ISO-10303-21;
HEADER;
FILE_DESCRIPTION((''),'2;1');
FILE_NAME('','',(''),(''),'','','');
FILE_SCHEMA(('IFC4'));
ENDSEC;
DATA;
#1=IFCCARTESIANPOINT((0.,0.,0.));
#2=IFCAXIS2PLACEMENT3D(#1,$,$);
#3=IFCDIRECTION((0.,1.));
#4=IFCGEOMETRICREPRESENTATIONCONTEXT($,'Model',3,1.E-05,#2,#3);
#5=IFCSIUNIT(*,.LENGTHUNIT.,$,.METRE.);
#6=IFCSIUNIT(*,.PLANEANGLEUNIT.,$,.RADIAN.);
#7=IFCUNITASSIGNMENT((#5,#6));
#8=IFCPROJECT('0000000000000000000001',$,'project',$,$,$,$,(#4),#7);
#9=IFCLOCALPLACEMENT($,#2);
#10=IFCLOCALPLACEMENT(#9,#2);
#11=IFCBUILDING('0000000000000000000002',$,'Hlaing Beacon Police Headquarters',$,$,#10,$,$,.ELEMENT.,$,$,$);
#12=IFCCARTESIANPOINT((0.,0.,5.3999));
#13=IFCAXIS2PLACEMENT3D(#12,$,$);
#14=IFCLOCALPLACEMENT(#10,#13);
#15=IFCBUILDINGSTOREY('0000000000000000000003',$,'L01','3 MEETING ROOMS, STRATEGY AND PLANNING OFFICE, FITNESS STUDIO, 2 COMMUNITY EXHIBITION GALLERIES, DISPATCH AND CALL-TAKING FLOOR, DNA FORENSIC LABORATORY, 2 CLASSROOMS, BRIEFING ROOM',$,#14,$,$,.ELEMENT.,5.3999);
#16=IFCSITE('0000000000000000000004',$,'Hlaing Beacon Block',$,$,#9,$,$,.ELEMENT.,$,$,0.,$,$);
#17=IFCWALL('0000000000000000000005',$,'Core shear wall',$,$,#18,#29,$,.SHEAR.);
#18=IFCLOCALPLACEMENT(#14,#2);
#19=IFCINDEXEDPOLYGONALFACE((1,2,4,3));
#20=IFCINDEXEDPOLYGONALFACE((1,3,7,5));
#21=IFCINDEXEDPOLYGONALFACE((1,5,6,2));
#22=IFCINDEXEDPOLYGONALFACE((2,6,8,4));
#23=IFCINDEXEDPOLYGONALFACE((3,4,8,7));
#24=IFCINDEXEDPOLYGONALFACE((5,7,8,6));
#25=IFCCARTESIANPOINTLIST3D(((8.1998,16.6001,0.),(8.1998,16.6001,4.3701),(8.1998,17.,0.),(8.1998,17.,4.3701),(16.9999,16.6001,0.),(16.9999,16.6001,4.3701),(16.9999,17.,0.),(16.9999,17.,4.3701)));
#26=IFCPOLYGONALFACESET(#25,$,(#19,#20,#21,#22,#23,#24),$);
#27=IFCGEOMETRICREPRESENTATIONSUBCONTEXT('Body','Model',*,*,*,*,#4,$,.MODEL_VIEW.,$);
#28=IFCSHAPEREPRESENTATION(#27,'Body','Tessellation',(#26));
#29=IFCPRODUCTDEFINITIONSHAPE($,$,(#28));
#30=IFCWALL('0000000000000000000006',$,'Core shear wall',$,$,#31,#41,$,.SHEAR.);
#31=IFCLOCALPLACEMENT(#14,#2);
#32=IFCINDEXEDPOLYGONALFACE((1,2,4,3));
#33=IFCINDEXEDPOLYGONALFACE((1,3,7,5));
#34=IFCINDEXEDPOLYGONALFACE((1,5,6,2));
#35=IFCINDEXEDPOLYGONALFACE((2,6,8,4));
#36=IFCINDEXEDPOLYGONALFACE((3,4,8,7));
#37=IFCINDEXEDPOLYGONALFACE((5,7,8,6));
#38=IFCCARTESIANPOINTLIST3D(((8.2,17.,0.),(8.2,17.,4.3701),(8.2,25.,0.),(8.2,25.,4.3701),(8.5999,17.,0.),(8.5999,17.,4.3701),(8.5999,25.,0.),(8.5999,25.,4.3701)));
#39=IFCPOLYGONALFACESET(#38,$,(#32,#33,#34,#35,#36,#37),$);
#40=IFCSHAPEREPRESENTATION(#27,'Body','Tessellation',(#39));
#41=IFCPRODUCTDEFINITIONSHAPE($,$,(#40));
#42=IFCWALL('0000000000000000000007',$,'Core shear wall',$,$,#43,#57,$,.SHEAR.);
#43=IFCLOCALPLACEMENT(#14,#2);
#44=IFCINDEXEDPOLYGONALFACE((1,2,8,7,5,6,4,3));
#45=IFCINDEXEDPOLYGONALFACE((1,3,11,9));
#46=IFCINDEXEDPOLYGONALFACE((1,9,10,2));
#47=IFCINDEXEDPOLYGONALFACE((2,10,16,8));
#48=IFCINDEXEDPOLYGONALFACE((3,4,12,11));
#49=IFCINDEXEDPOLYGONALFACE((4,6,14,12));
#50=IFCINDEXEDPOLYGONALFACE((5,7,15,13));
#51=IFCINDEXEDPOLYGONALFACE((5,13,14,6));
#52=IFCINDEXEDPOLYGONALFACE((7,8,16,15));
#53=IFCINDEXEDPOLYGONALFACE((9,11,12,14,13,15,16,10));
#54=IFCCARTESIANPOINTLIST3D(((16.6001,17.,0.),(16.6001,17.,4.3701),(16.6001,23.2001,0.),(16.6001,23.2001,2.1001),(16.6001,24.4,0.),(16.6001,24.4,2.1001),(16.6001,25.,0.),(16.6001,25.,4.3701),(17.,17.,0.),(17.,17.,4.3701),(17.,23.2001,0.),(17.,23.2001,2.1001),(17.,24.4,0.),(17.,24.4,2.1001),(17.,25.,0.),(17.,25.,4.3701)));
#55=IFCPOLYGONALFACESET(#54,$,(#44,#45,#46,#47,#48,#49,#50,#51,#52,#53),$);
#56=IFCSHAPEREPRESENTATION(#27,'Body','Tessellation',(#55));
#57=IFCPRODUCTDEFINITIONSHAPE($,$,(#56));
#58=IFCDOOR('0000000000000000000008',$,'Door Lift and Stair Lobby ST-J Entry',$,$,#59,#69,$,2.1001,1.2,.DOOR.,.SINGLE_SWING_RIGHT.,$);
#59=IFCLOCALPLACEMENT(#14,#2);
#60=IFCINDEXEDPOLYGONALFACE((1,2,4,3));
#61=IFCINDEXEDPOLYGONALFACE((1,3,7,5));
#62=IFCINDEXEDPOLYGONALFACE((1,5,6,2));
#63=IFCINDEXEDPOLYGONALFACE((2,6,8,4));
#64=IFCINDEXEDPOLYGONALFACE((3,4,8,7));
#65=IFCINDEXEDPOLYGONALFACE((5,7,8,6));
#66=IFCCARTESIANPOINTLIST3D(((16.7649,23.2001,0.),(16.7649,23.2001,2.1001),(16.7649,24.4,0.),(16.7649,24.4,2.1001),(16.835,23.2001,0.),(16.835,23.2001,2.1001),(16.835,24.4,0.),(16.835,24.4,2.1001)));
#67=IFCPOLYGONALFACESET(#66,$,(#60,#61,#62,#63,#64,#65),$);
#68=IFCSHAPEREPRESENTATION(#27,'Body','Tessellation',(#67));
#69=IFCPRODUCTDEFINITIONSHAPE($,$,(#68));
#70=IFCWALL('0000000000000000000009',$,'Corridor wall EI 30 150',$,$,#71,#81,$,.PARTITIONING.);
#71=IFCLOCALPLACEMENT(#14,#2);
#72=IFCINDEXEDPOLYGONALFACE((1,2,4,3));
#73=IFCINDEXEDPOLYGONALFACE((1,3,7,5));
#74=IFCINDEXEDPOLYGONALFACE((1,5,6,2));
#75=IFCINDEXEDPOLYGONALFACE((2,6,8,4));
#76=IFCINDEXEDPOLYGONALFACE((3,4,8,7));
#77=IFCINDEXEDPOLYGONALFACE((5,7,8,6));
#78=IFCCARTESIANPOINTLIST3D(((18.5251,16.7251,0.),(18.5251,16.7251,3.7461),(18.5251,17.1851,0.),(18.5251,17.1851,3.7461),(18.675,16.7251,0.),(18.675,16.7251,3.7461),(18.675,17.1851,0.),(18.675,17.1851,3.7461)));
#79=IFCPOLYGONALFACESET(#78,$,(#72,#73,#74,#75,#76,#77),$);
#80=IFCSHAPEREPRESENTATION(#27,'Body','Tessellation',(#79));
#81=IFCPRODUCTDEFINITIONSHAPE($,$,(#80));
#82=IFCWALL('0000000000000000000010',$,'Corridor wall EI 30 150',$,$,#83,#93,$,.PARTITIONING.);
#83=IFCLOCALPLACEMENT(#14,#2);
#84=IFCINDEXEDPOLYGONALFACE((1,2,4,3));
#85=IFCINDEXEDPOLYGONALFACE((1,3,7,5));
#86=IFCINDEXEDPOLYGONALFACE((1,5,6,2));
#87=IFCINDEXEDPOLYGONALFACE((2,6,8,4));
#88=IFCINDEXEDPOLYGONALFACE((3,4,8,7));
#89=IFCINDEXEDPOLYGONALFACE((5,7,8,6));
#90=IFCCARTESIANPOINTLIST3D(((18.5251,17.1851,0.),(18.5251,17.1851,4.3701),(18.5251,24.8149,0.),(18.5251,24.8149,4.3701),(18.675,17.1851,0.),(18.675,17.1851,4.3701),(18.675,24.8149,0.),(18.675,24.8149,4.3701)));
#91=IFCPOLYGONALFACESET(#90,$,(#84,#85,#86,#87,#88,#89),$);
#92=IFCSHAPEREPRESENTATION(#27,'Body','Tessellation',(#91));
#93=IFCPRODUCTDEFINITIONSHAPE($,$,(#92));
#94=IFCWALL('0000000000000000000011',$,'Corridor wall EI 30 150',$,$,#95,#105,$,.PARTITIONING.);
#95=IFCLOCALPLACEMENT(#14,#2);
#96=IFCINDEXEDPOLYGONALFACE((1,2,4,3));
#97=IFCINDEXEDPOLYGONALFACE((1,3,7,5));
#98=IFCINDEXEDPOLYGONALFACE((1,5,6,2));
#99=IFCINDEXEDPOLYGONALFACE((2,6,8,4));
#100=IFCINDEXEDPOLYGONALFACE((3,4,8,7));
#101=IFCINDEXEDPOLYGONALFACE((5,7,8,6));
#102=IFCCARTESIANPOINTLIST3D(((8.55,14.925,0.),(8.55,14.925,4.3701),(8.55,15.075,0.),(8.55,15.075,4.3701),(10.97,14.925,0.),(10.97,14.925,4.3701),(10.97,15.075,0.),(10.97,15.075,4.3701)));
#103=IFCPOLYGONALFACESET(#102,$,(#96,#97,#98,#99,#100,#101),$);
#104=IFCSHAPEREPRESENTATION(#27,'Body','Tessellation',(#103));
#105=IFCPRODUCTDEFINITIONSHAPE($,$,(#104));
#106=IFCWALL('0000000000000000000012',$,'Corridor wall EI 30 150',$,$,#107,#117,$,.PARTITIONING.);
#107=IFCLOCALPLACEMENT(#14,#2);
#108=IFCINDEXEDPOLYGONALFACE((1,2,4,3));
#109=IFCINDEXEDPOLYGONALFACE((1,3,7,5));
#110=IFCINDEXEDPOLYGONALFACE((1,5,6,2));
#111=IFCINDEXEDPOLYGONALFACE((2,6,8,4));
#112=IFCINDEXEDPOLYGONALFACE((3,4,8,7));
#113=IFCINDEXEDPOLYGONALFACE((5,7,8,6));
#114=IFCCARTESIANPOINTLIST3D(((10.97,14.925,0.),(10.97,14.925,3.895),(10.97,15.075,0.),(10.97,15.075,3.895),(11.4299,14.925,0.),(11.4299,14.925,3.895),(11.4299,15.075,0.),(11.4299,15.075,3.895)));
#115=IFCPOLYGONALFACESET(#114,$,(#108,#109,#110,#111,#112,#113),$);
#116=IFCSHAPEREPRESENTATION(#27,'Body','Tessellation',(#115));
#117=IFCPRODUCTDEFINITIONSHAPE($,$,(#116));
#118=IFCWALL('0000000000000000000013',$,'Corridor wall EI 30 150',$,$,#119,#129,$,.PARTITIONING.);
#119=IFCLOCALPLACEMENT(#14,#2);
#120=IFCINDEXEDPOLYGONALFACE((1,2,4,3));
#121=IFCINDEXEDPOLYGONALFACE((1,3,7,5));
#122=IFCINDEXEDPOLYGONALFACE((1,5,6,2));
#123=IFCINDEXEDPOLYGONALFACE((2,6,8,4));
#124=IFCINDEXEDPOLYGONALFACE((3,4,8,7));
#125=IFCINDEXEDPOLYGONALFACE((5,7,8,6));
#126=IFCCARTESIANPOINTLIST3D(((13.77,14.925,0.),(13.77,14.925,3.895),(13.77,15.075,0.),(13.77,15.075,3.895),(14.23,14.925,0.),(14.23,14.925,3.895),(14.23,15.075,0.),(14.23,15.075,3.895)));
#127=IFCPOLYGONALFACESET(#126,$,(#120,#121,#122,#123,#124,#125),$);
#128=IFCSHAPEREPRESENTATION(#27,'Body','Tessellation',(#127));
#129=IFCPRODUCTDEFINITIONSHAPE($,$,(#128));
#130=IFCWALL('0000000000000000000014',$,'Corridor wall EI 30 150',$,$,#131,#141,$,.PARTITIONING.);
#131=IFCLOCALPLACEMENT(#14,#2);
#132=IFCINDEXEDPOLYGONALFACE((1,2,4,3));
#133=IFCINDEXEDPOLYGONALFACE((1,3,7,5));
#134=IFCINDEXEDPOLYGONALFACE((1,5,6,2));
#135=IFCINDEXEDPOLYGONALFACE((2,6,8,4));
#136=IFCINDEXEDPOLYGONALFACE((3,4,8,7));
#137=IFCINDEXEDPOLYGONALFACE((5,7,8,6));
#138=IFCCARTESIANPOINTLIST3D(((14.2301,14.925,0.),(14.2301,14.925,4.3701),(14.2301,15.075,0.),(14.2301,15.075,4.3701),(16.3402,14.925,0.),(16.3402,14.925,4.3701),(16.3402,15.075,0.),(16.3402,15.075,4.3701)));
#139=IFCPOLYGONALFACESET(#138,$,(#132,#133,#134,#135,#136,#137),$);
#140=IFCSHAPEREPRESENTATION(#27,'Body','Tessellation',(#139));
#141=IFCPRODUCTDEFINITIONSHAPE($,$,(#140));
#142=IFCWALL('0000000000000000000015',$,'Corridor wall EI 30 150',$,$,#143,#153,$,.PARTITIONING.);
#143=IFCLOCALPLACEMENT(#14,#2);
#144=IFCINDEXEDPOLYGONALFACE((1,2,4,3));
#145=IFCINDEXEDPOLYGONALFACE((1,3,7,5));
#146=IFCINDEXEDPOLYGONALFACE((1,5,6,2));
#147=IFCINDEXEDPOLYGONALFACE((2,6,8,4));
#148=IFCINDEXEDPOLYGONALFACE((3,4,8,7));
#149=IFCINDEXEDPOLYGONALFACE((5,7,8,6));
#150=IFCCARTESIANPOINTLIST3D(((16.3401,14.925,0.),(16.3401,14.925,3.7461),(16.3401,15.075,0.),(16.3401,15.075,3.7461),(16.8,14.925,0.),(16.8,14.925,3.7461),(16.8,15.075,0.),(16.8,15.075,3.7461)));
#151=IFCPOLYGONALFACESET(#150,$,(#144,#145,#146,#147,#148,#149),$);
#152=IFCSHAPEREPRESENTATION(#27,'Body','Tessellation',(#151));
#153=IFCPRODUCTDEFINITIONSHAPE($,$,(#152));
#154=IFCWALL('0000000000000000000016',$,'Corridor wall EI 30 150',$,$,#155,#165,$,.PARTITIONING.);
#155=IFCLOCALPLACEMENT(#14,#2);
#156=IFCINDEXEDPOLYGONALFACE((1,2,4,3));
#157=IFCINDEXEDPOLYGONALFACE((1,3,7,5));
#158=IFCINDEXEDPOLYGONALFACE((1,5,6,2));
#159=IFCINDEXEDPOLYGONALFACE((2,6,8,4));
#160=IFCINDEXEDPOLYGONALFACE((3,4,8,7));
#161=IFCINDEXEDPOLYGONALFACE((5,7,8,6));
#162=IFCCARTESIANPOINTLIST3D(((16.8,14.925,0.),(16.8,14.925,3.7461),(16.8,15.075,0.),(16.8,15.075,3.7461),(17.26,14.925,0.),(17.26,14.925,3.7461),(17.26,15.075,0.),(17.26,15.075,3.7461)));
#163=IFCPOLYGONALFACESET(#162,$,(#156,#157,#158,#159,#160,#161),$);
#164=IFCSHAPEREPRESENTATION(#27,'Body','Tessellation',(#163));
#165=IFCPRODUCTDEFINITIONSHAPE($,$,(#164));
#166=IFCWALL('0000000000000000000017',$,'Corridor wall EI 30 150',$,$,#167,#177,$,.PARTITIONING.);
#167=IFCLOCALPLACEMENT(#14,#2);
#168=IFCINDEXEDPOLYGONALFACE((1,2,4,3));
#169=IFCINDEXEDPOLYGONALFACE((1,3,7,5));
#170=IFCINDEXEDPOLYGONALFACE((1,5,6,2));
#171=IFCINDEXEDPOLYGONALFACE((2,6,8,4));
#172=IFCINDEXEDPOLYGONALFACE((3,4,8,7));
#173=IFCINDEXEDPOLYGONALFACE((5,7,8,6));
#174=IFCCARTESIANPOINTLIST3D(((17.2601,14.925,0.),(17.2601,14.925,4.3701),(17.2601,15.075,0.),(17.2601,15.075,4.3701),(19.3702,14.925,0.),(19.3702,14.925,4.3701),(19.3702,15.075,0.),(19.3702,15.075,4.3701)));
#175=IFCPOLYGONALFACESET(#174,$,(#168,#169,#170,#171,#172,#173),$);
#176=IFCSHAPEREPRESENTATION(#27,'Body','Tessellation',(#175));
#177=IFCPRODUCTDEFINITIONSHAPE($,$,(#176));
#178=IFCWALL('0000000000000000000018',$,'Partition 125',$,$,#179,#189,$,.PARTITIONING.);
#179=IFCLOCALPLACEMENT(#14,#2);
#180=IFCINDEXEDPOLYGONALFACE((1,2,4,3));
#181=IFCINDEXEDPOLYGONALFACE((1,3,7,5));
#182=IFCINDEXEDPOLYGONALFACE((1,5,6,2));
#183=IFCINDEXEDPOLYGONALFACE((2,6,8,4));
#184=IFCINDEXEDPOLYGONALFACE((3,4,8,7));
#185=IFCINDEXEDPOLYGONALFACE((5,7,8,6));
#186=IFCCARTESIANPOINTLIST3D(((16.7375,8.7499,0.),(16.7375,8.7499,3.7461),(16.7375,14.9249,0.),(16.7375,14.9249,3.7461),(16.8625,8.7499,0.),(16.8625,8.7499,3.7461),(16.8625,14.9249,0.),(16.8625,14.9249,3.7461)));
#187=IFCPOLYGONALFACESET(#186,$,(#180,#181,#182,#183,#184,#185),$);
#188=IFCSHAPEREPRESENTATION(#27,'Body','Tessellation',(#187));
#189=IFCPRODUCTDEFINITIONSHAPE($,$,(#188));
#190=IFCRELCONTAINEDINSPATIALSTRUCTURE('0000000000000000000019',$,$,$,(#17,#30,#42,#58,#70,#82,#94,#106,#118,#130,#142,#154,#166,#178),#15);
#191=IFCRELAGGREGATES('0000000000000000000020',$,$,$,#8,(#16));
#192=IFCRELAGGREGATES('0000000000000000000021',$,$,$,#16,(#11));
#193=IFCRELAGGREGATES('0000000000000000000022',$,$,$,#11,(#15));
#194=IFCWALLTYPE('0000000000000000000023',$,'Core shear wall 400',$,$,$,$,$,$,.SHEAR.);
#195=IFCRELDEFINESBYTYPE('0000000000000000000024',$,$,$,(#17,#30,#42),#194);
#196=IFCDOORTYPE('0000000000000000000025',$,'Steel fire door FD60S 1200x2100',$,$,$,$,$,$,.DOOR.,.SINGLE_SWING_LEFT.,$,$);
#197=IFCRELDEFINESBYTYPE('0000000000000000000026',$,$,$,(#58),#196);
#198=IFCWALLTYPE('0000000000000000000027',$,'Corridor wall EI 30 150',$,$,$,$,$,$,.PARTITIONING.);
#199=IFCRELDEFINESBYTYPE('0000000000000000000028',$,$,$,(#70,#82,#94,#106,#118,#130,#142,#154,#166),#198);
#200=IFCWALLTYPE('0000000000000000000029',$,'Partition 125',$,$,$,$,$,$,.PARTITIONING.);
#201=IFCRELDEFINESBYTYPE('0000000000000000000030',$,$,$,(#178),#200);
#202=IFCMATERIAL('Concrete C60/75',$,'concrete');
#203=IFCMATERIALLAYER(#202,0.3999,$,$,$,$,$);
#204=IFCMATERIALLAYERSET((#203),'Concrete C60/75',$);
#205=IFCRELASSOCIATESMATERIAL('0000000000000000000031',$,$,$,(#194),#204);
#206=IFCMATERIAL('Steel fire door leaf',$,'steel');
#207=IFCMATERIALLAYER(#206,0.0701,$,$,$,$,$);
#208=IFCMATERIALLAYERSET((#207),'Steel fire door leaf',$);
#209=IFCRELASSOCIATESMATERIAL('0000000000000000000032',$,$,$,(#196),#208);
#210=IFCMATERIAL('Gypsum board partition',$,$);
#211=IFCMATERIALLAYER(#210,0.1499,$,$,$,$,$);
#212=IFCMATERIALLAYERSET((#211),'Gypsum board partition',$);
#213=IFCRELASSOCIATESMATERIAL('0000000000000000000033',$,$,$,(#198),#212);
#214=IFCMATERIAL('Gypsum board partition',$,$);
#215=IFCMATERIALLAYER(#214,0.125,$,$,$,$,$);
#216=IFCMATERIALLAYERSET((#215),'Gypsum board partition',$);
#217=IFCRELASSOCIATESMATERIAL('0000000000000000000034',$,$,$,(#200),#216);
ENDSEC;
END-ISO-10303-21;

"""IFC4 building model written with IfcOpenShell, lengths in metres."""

from ifc_helpers import new_model, si_unit, direction, frame, frame_2d, origin, place, context, subcontext, project, spatial, rectangle, extrude, material, layer, layer_set, type_object, element, fill, save


model = new_model("IFC4")

# Units and contexts
model_context = context("Model", 3, precision=1e-05, world=origin(), true_north=direction((0.0, 1.0)))
body_context = subcontext(model_context, "Body", "Model", "MODEL_VIEW")
ifc_project = project(units=[si_unit("LENGTHUNIT", "METRE"), si_unit("PLANEANGLEUNIT", "RADIAN")], contexts=[model_context])

# Site, building, storey
site_placement = place(None, origin())
site = spatial("IfcSite", under=ifc_project, at=site_placement, Name="Hlaing Beacon Block", CompositionType="ELEMENT", RefElevation=0.0)
building_placement = place(site_placement, origin())
building = spatial("IfcBuilding", under=site, at=building_placement, Name="Hlaing Beacon Police Headquarters", CompositionType="ELEMENT")
storey_placement = place(building_placement, frame((0.0, 0.0, 5.3999)))
storey = spatial("IfcBuildingStorey", under=building, at=storey_placement, Name="L01", Description="3 MEETING ROOMS, STRATEGY AND PLANNING OFFICE, FITNESS STUDIO, 2 COMMUNITY EXHIBITION GALLERIES, DISPATCH AND CALL-TAKING FLOOR, DNA FORENSIC LABORATORY, 2 CLASSROOMS, BRIEFING ROOM", CompositionType="ELEMENT", Elevation=5.3999)

# Walls
ifc_material_1 = material(Name="Concrete C60/75", Category="concrete")
ifc_layer_1 = layer(ifc_material_1, 0.3999)
ifc_layer_set_1 = layer_set([ifc_layer_1], Name="Concrete C60/75")
wall_type_1 = type_object("IfcWallType", Name="Core shear wall 400", PredefinedType="SHEAR", material=ifc_layer_set_1)
wall_1_placement = place(storey_placement, frame((8.2, 16.8, 0.0), z_axis=(0.0, 0.0, 1.0), x_axis=(1.0, 0.0, 0.0)))
element("IfcWall", 1, at=wall_1_placement, inside=storey, type_object=wall_type_1, Name="Core shear wall", PredefinedType="SHEAR", context=body_context, shape_type="SweptSolid", body=[
    extrude(rectangle(XDim=8.8, YDim=0.3999, at=frame_2d((4.3999, 0.0))), origin(), (0.0, 0.0, 1.0), 4.3701),
])
wall_2_placement = place(storey_placement, frame((8.3999, 17.0, 0.0), z_axis=(0.0, 0.0, 1.0), x_axis=(0.0, 1.0, 0.0)))
element("IfcWall", 2, at=wall_2_placement, inside=storey, type_object=wall_type_1, Name="Core shear wall", PredefinedType="SHEAR", context=body_context, shape_type="SweptSolid", body=[
    extrude(rectangle(XDim=8.0, YDim=0.3999, at=frame_2d((4.0, 0.0))), origin(), (0.0, 0.0, 1.0), 4.3701),
])

# Wall, opening, door
wall_3_placement = place(storey_placement, frame((16.8, 17.0, 0.0), z_axis=(0.0, 0.0, 1.0), x_axis=(0.0, 1.0, 0.0)))
wall_3 = element("IfcWall", 3, at=wall_3_placement, inside=storey, type_object=wall_type_1, Name="Core shear wall", PredefinedType="SHEAR", context=body_context, shape_type="SweptSolid", body=[
    extrude(rectangle(XDim=8.0, YDim=0.3999, at=frame_2d((4.0, 0.0))), origin(), (0.0, 0.0, 1.0), 4.3701),
])
opening_1_placement = place(wall_3_placement, frame((6.2, 0.0, 0.0)))
opening_1 = element("IfcOpeningElement", 4, at=opening_1_placement, cuts=wall_3, PredefinedType="OPENING", context=body_context, shape_type="SweptSolid", body=[
    extrude(rectangle(XDim=1.2, YDim=2.1001, at=frame_2d((0.6001, 1.05))), frame((0.0, 0.21, 0.0), z_axis=(0.0, -1.0, 0.0), x_axis=(1.0, 0.0, 0.0)), (0.0, 0.0, 1.0), 0.4199),
])
ifc_material_2 = material(Name="Steel fire door leaf", Category="steel")
ifc_layer_2 = layer(ifc_material_2, 0.0701)
ifc_layer_set_2 = layer_set([ifc_layer_2], Name="Steel fire door leaf")
door_type_1 = type_object("IfcDoorType", Name="Steel fire door FD60S 1200x2100", OperationType="SINGLE_SWING_LEFT", PredefinedType="DOOR", material=ifc_layer_set_2)
door_1_placement = place(opening_1_placement, origin())
door_1 = element("IfcDoor", 5, at=door_1_placement, inside=storey, type_object=door_type_1, Name="Door Lift and Stair Lobby ST-J Entry", OperationType="SINGLE_SWING_RIGHT", OverallHeight=2.1001, OverallWidth=1.2, PredefinedType="DOOR", context=body_context, shape_type="SweptSolid", body=[
    extrude(rectangle(XDim=1.2, YDim=2.1001, at=frame_2d((0.6001, 1.05))), frame((0.0, 0.0352, 0.0), z_axis=(0.0, -1.0, 0.0), x_axis=(1.0, 0.0, 0.0)), (0.0, 0.0, 1.0), 0.0701),
])
fill(opening_1, door_1)

# Walls
ifc_material_3 = material(Name="Gypsum board partition")
ifc_layer_3 = layer(ifc_material_3, 0.1499)
ifc_layer_set_3 = layer_set([ifc_layer_3], Name="Gypsum board partition")
wall_type_2 = type_object("IfcWallType", Name="Corridor wall EI 30 150", PredefinedType="PARTITIONING", material=ifc_layer_set_3)
wall_4_placement = place(storey_placement, frame((18.6001, 16.7251, 0.0), z_axis=(0.0, 0.0, 1.0), x_axis=(0.0, 1.0, 0.0)))
element("IfcWall", 6, at=wall_4_placement, inside=storey, type_object=wall_type_2, Name="Corridor wall EI 30 150", PredefinedType="PARTITIONING", context=body_context, shape_type="SweptSolid", body=[
    extrude(rectangle(XDim=0.46, YDim=0.1499, at=frame_2d((0.23, 0.0))), origin(), (0.0, 0.0, 1.0), 3.7461),
])
wall_5_placement = place(storey_placement, frame((18.6001, 17.1851, 0.0), z_axis=(0.0, 0.0, 1.0), x_axis=(0.0, 1.0, 0.0)))
element("IfcWall", 7, at=wall_5_placement, inside=storey, type_object=wall_type_2, Name="Corridor wall EI 30 150", PredefinedType="PARTITIONING", context=body_context, shape_type="SweptSolid", body=[
    extrude(rectangle(XDim=7.6299, YDim=0.1499, at=frame_2d((3.8149, 0.0))), origin(), (0.0, 0.0, 1.0), 4.3701),
])

# Walls
wall_6_placement = place(storey_placement, frame((8.55, 15.0, 0.0), z_axis=(0.0, 0.0, 1.0), x_axis=(1.0, 0.0, 0.0)))
element("IfcWall", 8, at=wall_6_placement, inside=storey, type_object=wall_type_2, Name="Corridor wall EI 30 150", PredefinedType="PARTITIONING", context=body_context, shape_type="SweptSolid", body=[
    extrude(rectangle(XDim=2.4199, YDim=0.1499, at=frame_2d((1.21, 0.0))), origin(), (0.0, 0.0, 1.0), 4.3701),
])
wall_7_placement = place(storey_placement, frame((10.97, 15.0, 0.0), z_axis=(0.0, 0.0, 1.0), x_axis=(1.0, 0.0, 0.0)))
element("IfcWall", 9, at=wall_7_placement, inside=storey, type_object=wall_type_2, Name="Corridor wall EI 30 150", PredefinedType="PARTITIONING", context=body_context, shape_type="SweptSolid", body=[
    extrude(rectangle(XDim=0.46, YDim=0.1499, at=frame_2d((0.23, 0.0))), origin(), (0.0, 0.0, 1.0), 3.895),
])

# Walls
wall_8_placement = place(storey_placement, frame((13.77, 15.0, 0.0), z_axis=(0.0, 0.0, 1.0), x_axis=(1.0, 0.0, 0.0)))
element("IfcWall", 10, at=wall_8_placement, inside=storey, type_object=wall_type_2, Name="Corridor wall EI 30 150", PredefinedType="PARTITIONING", context=body_context, shape_type="SweptSolid", body=[
    extrude(rectangle(XDim=0.46, YDim=0.1499, at=frame_2d((0.23, 0.0))), origin(), (0.0, 0.0, 1.0), 3.895),
])
wall_9_placement = place(storey_placement, frame((14.23, 15.0, 0.0), z_axis=(0.0, 0.0, 1.0), x_axis=(1.0, 0.0, 0.0)))
element("IfcWall", 11, at=wall_9_placement, inside=storey, type_object=wall_type_2, Name="Corridor wall EI 30 150", PredefinedType="PARTITIONING", context=body_context, shape_type="SweptSolid", body=[
    extrude(rectangle(XDim=2.1101, YDim=0.1499, at=frame_2d((1.0552, 0.0))), origin(), (0.0, 0.0, 1.0), 4.3701),
])
for number, where, z_axis, x_axis, name in (
    (12, (16.3401, 15.0, 0.0), (0.0, 0.0, 1.0), (1.0, 0.0, 0.0), "Corridor wall EI 30 150"),
    (13, (16.8, 15.0, 0.0), (0.0, 0.0, 1.0), (1.0, 0.0, 0.0), "Corridor wall EI 30 150"),
):
    element("IfcWall", number, at=place(storey_placement, frame(where, z_axis=z_axis, x_axis=x_axis)), inside=storey, type_object=wall_type_2, Name=name, PredefinedType="PARTITIONING", context=body_context, shape_type="SweptSolid", body=[
        extrude(rectangle(XDim=0.46, YDim=0.1499, at=frame_2d((0.23, 0.0))), origin(), (0.0, 0.0, 1.0), 3.7461),
    ])
wall_10_placement = place(storey_placement, frame((17.26, 15.0, 0.0), z_axis=(0.0, 0.0, 1.0), x_axis=(1.0, 0.0, 0.0)))
element("IfcWall", 14, at=wall_10_placement, inside=storey, type_object=wall_type_2, Name="Corridor wall EI 30 150", PredefinedType="PARTITIONING", context=body_context, shape_type="SweptSolid", body=[
    extrude(rectangle(XDim=2.1101, YDim=0.1499, at=frame_2d((1.0552, 0.0))), origin(), (0.0, 0.0, 1.0), 4.3701),
])
ifc_material_4 = material(Name="Gypsum board partition")
ifc_layer_4 = layer(ifc_material_4, 0.125)
ifc_layer_set_4 = layer_set([ifc_layer_4], Name="Gypsum board partition")
wall_type_3 = type_object("IfcWallType", Name="Partition 125", PredefinedType="PARTITIONING", material=ifc_layer_set_4)
wall_11_placement = place(storey_placement, frame((16.8, 8.75, 0.0), z_axis=(0.0, 0.0, 1.0), x_axis=(0.0, 1.0, 0.0)))
element("IfcWall", 15, at=wall_11_placement, inside=storey, type_object=wall_type_3, Name="Partition 125", PredefinedType="PARTITIONING", context=body_context, shape_type="SweptSolid", body=[
    extrude(rectangle(XDim=6.175, YDim=0.125, at=frame_2d((3.0874, 0.0))), origin(), (0.0, 0.0, 1.0), 3.7461),
])

save(model, "model.ifc")
